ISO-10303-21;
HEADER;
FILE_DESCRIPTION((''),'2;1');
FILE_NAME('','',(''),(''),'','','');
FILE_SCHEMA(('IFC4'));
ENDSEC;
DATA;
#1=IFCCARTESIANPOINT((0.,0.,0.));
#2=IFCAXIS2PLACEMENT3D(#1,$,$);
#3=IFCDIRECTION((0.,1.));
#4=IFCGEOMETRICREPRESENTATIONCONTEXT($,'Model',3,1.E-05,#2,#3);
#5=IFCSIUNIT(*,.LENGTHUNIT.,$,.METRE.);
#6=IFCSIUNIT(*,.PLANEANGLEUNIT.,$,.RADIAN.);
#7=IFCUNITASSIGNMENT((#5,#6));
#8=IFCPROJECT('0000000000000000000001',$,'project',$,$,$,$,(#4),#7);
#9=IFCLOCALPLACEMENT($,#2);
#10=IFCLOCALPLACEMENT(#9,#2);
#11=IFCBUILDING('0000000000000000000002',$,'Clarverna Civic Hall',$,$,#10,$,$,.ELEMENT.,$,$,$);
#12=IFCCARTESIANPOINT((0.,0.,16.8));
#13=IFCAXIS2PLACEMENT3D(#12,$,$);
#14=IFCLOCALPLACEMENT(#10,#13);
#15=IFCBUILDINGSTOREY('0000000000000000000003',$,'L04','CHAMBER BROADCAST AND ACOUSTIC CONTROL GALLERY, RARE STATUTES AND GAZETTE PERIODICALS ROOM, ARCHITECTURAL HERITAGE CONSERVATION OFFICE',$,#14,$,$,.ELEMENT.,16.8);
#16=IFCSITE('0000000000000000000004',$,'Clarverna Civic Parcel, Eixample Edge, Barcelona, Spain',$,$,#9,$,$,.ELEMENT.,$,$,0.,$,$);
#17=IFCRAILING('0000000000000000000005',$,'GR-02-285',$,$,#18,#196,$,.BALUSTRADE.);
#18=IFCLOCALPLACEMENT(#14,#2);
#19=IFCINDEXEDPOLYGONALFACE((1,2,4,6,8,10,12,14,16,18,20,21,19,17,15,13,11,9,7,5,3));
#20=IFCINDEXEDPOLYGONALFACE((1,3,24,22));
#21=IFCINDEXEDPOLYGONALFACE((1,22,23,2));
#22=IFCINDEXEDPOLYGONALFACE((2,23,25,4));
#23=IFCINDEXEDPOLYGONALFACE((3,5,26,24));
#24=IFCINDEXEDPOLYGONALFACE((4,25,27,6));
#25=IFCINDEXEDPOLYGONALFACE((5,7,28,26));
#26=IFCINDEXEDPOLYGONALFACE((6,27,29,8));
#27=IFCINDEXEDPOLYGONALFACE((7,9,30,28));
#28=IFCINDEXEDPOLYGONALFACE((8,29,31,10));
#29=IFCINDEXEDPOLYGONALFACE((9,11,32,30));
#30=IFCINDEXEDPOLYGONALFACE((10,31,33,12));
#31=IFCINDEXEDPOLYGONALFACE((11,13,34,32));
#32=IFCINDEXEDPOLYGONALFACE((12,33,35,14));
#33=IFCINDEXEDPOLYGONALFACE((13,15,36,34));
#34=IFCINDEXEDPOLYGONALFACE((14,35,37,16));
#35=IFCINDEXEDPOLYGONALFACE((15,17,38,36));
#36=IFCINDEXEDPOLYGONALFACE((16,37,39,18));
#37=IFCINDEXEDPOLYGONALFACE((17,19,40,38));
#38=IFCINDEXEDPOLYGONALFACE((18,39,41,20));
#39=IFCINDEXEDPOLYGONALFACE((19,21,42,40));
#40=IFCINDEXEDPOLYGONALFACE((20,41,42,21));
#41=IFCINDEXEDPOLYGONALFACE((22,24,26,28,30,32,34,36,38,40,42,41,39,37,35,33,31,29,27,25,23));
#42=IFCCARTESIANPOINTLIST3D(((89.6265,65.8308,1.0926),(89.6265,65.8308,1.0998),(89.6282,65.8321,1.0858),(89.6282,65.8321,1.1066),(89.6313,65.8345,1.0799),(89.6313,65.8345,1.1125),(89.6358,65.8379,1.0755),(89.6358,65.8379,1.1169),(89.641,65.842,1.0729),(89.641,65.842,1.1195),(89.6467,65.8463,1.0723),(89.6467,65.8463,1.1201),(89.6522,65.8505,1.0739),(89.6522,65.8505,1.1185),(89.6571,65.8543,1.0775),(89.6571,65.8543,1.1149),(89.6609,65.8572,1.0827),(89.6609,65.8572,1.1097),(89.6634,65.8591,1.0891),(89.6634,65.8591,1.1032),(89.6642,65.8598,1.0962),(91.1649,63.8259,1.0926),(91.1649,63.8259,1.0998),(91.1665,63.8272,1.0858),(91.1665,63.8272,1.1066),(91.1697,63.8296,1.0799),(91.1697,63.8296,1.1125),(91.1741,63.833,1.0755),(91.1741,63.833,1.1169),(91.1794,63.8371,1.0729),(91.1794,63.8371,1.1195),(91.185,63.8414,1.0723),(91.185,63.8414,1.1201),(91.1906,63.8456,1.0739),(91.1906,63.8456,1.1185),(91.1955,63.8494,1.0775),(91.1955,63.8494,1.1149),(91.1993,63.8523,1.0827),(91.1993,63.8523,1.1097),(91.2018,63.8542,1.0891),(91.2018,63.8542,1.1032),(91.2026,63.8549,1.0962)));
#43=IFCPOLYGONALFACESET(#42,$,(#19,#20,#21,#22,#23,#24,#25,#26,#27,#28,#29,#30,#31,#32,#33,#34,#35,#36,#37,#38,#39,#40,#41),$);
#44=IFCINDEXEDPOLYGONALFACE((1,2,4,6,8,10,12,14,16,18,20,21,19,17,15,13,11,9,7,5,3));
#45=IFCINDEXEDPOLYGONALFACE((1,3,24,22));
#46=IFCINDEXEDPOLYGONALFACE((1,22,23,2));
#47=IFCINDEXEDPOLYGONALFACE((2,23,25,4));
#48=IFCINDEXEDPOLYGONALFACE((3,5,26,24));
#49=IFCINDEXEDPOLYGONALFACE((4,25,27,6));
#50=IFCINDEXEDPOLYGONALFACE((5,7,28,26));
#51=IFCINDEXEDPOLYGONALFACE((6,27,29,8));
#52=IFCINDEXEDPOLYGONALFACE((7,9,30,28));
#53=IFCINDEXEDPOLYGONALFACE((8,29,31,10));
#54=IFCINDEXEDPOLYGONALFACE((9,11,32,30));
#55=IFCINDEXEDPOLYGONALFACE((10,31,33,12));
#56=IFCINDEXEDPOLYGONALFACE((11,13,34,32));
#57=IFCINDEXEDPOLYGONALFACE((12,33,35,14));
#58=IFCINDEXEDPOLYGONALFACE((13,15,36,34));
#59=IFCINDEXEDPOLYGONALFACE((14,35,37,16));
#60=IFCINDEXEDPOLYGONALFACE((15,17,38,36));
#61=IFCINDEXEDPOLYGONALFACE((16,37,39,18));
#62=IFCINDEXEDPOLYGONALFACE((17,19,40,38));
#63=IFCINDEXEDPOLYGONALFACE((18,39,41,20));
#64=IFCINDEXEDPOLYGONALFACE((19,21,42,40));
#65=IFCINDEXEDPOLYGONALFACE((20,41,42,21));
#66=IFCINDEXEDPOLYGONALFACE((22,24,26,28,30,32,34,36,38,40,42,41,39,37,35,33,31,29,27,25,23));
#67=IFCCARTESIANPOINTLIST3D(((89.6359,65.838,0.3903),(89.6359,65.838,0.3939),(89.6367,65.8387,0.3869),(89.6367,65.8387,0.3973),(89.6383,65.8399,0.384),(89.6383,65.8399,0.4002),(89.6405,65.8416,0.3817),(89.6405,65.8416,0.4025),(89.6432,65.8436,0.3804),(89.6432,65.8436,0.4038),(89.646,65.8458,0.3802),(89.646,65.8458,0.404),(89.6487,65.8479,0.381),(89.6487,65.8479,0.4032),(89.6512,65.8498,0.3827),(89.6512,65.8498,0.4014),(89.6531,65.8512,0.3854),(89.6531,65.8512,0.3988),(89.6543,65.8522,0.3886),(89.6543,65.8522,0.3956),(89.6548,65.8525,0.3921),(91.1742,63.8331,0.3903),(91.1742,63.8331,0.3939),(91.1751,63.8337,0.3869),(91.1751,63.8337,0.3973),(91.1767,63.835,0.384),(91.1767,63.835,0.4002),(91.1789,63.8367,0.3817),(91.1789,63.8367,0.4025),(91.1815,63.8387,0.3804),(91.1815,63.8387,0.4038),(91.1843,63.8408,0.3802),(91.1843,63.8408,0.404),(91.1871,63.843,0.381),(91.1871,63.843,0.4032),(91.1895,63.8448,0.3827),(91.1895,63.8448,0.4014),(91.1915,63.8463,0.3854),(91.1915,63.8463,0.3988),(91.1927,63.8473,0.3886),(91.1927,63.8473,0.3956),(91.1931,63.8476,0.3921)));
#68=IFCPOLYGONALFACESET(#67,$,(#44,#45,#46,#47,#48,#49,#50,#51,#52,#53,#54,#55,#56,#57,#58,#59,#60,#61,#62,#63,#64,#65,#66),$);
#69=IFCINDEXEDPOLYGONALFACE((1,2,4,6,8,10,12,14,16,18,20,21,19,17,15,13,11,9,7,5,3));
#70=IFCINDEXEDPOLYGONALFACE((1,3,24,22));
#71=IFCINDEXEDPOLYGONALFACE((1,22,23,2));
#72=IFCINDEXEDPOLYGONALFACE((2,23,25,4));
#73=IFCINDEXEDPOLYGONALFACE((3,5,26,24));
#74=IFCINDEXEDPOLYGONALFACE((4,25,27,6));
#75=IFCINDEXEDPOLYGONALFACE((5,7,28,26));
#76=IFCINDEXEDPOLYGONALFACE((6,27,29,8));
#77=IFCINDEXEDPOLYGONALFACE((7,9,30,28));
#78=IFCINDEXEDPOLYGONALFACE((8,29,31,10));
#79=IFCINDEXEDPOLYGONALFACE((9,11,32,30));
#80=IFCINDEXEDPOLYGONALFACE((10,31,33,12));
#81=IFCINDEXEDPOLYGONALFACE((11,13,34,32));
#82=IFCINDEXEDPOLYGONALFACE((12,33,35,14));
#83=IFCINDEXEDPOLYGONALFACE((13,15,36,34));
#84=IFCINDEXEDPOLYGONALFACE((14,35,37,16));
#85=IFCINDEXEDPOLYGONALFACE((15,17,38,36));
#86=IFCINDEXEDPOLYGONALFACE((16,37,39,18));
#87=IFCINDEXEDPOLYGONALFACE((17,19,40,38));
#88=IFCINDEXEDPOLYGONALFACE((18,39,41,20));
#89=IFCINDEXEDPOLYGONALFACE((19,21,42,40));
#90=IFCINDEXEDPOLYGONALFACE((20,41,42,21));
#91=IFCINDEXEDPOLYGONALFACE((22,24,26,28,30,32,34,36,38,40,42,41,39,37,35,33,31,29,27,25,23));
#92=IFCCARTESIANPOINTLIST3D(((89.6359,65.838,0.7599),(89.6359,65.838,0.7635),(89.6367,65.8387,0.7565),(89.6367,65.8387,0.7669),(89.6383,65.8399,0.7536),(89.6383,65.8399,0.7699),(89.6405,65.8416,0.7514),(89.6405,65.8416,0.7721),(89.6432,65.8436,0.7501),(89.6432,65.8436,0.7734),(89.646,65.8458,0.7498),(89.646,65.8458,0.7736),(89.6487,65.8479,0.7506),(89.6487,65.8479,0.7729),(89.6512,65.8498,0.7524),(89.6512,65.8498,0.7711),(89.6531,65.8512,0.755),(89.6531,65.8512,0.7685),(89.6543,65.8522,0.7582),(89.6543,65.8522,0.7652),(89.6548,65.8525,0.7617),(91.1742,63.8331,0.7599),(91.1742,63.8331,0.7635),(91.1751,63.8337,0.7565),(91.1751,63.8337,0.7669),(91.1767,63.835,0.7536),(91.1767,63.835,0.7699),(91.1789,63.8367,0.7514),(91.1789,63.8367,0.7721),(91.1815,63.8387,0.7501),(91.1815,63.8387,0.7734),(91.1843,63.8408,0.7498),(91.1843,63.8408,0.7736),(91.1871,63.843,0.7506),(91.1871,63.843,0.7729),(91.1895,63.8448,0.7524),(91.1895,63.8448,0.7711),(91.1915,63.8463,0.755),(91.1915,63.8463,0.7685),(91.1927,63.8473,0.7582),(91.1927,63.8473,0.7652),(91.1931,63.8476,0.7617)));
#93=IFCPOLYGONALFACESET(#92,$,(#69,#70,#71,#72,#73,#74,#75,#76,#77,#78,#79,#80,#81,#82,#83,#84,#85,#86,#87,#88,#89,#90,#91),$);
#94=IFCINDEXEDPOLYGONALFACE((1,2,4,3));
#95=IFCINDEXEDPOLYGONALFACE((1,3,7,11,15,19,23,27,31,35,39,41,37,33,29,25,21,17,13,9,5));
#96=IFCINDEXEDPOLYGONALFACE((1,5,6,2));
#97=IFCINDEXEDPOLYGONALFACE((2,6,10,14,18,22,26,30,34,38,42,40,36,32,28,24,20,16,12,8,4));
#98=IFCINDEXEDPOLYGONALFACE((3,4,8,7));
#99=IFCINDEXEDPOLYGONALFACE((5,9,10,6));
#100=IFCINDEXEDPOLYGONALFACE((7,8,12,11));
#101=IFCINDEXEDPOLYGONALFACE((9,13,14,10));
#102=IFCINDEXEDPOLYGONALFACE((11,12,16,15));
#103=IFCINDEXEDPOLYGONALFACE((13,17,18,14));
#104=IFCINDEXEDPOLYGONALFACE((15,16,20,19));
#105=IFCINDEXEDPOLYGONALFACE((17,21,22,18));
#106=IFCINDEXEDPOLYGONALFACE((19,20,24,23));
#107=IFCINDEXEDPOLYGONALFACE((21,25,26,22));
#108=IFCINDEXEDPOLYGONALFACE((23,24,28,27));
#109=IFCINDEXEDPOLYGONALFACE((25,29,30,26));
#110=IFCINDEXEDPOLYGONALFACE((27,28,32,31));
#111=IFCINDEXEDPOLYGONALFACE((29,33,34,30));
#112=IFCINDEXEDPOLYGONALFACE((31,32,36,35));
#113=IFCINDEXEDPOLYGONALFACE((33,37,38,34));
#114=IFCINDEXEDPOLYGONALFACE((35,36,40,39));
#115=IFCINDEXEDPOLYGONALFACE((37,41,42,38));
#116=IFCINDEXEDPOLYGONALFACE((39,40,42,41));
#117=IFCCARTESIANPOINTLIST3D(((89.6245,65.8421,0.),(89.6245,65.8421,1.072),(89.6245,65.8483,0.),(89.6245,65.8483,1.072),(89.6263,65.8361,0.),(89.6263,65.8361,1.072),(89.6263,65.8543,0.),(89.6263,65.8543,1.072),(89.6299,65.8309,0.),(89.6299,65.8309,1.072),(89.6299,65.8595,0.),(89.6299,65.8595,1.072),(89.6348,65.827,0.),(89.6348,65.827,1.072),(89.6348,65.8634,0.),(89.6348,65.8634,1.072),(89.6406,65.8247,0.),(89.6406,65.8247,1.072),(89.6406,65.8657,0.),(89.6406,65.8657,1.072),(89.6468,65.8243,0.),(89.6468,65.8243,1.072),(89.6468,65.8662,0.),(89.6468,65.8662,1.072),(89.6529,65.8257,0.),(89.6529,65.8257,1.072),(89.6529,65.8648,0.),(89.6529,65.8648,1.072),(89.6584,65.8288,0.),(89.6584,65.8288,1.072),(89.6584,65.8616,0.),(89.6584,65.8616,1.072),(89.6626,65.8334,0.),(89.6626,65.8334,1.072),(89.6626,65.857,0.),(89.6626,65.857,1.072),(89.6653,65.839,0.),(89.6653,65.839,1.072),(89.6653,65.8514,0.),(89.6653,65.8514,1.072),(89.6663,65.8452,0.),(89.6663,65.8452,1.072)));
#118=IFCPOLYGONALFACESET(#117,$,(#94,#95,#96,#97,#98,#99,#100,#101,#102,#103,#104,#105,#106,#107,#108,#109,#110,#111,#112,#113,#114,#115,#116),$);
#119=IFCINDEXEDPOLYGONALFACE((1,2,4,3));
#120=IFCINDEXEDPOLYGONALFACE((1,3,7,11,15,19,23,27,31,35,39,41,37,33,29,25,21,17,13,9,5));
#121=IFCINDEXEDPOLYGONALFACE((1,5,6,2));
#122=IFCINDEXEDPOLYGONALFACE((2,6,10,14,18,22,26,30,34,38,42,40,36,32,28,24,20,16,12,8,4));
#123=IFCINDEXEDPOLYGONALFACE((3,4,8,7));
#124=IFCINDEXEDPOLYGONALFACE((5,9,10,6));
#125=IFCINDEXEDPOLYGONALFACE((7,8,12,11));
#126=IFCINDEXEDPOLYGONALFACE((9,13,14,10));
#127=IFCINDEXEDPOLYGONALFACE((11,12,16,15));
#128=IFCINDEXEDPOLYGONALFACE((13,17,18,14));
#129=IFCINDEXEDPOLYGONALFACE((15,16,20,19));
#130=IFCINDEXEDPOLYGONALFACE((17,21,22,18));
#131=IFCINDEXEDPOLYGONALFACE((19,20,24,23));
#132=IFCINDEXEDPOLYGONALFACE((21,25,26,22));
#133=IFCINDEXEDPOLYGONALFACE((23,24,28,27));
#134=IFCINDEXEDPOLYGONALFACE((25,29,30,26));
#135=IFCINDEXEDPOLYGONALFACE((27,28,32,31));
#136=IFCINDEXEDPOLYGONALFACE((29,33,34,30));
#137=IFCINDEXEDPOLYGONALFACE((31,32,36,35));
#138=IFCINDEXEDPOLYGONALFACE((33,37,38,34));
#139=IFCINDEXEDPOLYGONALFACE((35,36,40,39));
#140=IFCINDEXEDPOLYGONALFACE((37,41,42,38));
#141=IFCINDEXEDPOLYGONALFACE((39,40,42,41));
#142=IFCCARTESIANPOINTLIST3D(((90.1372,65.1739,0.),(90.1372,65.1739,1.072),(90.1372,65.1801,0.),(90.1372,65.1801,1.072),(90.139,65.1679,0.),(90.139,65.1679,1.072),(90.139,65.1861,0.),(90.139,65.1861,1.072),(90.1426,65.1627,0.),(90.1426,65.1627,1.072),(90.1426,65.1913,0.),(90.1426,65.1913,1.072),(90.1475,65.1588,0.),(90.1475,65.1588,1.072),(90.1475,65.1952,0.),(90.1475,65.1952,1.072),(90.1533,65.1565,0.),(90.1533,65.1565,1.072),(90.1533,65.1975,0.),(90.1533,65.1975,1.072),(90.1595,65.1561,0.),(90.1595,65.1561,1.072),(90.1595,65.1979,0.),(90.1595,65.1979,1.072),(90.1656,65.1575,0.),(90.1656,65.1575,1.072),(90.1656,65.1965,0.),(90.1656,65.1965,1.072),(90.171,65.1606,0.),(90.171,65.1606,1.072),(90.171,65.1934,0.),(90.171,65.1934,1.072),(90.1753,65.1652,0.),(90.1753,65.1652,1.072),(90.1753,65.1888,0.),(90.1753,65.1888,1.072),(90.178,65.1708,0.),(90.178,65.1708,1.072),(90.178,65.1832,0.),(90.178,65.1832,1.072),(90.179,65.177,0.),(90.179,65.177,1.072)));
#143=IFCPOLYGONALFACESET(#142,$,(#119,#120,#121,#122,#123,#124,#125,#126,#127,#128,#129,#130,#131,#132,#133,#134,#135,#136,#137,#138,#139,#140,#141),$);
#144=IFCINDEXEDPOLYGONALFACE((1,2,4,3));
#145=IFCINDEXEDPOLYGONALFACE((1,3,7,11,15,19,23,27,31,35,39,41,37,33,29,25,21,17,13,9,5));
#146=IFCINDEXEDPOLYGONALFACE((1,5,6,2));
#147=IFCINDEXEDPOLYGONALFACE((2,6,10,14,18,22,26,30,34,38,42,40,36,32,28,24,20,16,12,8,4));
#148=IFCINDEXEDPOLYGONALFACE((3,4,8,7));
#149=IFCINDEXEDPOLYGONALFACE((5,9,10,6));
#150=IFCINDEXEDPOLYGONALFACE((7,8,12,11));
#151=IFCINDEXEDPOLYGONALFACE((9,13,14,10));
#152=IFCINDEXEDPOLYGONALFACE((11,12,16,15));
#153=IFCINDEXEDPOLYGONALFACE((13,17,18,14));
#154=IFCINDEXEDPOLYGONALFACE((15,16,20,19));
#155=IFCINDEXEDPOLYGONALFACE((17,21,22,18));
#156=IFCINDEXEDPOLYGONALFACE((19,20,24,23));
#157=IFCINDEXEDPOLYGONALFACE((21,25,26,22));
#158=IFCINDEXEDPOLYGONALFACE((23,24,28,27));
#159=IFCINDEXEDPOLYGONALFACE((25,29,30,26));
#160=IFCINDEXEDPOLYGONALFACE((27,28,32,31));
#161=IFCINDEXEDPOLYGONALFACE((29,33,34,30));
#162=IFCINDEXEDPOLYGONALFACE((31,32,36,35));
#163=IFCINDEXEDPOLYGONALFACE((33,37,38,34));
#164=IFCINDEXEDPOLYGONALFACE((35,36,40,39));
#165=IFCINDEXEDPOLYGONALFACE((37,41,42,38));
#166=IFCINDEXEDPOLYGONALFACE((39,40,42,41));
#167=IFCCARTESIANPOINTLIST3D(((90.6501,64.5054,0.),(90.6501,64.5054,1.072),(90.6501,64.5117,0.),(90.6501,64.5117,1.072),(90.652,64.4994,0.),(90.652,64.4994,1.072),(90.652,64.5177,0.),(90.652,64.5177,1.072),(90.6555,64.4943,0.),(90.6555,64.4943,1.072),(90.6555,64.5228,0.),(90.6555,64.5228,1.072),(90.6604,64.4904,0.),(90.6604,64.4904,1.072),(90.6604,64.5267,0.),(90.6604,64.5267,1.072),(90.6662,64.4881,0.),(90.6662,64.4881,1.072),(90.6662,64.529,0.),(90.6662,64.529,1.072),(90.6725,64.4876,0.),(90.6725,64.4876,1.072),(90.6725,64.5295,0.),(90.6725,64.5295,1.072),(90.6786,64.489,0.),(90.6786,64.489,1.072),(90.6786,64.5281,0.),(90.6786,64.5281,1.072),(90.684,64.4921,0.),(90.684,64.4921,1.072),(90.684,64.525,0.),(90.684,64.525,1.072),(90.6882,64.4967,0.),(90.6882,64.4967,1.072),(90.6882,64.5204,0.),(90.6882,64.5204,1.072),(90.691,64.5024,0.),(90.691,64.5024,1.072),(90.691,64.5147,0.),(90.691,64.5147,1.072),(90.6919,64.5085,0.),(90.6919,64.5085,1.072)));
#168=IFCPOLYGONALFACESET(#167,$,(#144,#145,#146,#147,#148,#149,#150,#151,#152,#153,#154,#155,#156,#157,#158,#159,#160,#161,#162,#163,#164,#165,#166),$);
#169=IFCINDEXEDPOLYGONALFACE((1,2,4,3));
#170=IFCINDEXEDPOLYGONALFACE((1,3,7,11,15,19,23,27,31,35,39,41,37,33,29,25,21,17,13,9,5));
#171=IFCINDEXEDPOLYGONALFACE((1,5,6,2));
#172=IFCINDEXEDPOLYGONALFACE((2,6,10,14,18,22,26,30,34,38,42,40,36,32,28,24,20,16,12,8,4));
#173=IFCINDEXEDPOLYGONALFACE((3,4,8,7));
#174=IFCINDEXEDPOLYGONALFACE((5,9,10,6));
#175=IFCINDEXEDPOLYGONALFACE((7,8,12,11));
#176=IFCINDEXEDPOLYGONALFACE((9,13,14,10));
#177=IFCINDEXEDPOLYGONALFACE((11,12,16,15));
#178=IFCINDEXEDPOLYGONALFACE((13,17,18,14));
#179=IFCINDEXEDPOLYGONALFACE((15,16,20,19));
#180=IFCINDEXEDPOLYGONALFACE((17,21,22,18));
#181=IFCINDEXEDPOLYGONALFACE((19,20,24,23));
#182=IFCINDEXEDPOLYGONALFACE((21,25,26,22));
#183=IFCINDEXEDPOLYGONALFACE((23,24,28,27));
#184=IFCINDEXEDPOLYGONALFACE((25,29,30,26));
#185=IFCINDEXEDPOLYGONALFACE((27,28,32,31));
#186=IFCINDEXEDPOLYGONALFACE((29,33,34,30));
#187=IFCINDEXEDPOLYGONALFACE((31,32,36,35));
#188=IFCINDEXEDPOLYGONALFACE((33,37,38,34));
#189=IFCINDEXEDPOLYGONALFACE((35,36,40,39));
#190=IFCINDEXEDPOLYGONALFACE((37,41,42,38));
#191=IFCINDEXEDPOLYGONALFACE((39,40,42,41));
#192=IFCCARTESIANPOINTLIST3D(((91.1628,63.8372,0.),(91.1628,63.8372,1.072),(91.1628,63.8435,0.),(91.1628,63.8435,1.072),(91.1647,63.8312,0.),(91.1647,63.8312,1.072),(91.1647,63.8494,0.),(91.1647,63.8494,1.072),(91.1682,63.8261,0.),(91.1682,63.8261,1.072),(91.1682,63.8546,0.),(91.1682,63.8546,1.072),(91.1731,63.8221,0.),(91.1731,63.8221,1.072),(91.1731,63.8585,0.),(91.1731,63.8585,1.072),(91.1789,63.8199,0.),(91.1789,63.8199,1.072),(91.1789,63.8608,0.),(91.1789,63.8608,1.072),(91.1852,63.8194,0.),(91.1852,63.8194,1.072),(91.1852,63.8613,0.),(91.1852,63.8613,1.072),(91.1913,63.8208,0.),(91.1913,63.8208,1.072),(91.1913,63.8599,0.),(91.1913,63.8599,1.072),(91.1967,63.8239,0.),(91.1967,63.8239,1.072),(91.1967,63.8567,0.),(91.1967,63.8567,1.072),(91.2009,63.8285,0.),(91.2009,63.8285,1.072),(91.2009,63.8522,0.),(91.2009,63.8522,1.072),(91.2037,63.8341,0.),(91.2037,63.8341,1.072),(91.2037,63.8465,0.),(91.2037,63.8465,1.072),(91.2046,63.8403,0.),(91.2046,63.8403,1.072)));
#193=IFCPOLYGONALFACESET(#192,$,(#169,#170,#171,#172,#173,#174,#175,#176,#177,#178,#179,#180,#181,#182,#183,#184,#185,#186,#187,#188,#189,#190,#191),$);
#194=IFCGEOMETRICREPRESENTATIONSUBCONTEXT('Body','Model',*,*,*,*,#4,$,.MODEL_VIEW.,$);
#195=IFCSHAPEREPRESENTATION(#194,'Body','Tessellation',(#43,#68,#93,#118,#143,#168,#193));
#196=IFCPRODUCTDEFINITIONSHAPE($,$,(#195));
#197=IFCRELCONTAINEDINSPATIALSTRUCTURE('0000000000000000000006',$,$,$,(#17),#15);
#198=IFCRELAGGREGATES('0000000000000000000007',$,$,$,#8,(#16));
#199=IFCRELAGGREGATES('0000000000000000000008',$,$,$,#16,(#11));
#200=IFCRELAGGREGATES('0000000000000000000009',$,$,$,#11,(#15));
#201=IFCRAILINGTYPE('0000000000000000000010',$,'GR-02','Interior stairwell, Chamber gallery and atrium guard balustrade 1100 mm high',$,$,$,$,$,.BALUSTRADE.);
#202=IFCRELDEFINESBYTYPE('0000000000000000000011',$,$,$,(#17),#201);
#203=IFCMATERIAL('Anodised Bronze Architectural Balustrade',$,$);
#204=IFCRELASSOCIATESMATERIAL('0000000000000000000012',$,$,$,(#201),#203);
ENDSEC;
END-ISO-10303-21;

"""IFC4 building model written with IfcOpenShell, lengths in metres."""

from ifc_helpers import new_model, si_unit, direction, frame, origin, origin_2d, place, context, subcontext, project, spatial, circle, extrude, material, type_object, element, save


model = new_model("IFC4")

# Units and contexts
model_context = context("Model", 3, precision=1e-05, world=origin(), true_north=direction((0.0, 1.0)))
body_context = subcontext(model_context, "Body", "Model", "MODEL_VIEW")
ifc_project = project(units=[si_unit("LENGTHUNIT", "METRE"), si_unit("PLANEANGLEUNIT", "RADIAN")], contexts=[model_context])

# Site, building, storey
site_placement = place(None, origin())
site = spatial("IfcSite", under=ifc_project, at=site_placement, Name="Clarverna Civic Parcel, Eixample Edge, Barcelona, Spain", CompositionType="ELEMENT", RefElevation=0.0)
building_placement = place(site_placement, origin())
building = spatial("IfcBuilding", under=site, at=building_placement, Name="Clarverna Civic Hall", CompositionType="ELEMENT")
storey_placement = place(building_placement, frame((0.0, 0.0, 16.8)))
storey = spatial("IfcBuildingStorey", under=building, at=storey_placement, Name="L04", Description="CHAMBER BROADCAST AND ACOUSTIC CONTROL GALLERY, RARE STATUTES AND GAZETTE PERIODICALS ROOM, ARCHITECTURAL HERITAGE CONSERVATION OFFICE", CompositionType="ELEMENT", Elevation=16.8)

# Railing
ifc_material_1 = material(Name="Anodised Bronze Architectural Balustrade")
railing_type = type_object("IfcRailingType", Name="GR-02", Description="Interior stairwell, Chamber gallery and atrium guard balustrade 1100 mm high", PredefinedType="BALUSTRADE", material=ifc_material_1)
railing_1_placement = place(storey_placement, frame((89.6453, 65.8452, 0.0)))
element("IfcRailing", 1, at=railing_1_placement, inside=storey, type_object=railing_type, Name="GR-02-285", PredefinedType="BALUSTRADE", context=body_context, shape_type="SweptSolid", body=[
    extrude(circle(Radius=0.0239, at=origin_2d()), frame((0.0, 0.0, 1.0962), z_axis=(0.608744, -0.793367, 0.0), x_axis=(0.793367, 0.608744, 0.0)), (0.0, 0.0, 1.0), 2.5271),
    extrude(circle(Radius=0.012, at=origin_2d()), frame((0.0, 0.0, 0.3921), z_axis=(0.608744, -0.793367, 0.0), x_axis=(0.793367, 0.608744, 0.0)), (0.0, 0.0, 1.0), 2.5271),
    extrude(circle(Radius=0.012, at=origin_2d()), frame((0.0, 0.0, 0.7617), z_axis=(0.608744, -0.793367, 0.0), x_axis=(0.793367, 0.608744, 0.0)), (0.0, 0.0, 1.0), 2.5271),
    extrude(circle(Radius=0.021, at=origin_2d()), origin(), (0.0, 0.0, 1.0), 1.072),
    extrude(circle(Radius=0.021, at=origin_2d()), frame((0.5127, -0.6682, 0.0)), (0.0, 0.0, 1.0), 1.072),
    extrude(circle(Radius=0.021, at=origin_2d()), frame((1.0256, -1.3367, 0.0)), (0.0, 0.0, 1.0), 1.072),
    extrude(circle(Radius=0.021, at=origin_2d()), frame((1.5383, -2.0049, 0.0)), (0.0, 0.0, 1.0), 1.072),
])

save(model, "model.ifc")
